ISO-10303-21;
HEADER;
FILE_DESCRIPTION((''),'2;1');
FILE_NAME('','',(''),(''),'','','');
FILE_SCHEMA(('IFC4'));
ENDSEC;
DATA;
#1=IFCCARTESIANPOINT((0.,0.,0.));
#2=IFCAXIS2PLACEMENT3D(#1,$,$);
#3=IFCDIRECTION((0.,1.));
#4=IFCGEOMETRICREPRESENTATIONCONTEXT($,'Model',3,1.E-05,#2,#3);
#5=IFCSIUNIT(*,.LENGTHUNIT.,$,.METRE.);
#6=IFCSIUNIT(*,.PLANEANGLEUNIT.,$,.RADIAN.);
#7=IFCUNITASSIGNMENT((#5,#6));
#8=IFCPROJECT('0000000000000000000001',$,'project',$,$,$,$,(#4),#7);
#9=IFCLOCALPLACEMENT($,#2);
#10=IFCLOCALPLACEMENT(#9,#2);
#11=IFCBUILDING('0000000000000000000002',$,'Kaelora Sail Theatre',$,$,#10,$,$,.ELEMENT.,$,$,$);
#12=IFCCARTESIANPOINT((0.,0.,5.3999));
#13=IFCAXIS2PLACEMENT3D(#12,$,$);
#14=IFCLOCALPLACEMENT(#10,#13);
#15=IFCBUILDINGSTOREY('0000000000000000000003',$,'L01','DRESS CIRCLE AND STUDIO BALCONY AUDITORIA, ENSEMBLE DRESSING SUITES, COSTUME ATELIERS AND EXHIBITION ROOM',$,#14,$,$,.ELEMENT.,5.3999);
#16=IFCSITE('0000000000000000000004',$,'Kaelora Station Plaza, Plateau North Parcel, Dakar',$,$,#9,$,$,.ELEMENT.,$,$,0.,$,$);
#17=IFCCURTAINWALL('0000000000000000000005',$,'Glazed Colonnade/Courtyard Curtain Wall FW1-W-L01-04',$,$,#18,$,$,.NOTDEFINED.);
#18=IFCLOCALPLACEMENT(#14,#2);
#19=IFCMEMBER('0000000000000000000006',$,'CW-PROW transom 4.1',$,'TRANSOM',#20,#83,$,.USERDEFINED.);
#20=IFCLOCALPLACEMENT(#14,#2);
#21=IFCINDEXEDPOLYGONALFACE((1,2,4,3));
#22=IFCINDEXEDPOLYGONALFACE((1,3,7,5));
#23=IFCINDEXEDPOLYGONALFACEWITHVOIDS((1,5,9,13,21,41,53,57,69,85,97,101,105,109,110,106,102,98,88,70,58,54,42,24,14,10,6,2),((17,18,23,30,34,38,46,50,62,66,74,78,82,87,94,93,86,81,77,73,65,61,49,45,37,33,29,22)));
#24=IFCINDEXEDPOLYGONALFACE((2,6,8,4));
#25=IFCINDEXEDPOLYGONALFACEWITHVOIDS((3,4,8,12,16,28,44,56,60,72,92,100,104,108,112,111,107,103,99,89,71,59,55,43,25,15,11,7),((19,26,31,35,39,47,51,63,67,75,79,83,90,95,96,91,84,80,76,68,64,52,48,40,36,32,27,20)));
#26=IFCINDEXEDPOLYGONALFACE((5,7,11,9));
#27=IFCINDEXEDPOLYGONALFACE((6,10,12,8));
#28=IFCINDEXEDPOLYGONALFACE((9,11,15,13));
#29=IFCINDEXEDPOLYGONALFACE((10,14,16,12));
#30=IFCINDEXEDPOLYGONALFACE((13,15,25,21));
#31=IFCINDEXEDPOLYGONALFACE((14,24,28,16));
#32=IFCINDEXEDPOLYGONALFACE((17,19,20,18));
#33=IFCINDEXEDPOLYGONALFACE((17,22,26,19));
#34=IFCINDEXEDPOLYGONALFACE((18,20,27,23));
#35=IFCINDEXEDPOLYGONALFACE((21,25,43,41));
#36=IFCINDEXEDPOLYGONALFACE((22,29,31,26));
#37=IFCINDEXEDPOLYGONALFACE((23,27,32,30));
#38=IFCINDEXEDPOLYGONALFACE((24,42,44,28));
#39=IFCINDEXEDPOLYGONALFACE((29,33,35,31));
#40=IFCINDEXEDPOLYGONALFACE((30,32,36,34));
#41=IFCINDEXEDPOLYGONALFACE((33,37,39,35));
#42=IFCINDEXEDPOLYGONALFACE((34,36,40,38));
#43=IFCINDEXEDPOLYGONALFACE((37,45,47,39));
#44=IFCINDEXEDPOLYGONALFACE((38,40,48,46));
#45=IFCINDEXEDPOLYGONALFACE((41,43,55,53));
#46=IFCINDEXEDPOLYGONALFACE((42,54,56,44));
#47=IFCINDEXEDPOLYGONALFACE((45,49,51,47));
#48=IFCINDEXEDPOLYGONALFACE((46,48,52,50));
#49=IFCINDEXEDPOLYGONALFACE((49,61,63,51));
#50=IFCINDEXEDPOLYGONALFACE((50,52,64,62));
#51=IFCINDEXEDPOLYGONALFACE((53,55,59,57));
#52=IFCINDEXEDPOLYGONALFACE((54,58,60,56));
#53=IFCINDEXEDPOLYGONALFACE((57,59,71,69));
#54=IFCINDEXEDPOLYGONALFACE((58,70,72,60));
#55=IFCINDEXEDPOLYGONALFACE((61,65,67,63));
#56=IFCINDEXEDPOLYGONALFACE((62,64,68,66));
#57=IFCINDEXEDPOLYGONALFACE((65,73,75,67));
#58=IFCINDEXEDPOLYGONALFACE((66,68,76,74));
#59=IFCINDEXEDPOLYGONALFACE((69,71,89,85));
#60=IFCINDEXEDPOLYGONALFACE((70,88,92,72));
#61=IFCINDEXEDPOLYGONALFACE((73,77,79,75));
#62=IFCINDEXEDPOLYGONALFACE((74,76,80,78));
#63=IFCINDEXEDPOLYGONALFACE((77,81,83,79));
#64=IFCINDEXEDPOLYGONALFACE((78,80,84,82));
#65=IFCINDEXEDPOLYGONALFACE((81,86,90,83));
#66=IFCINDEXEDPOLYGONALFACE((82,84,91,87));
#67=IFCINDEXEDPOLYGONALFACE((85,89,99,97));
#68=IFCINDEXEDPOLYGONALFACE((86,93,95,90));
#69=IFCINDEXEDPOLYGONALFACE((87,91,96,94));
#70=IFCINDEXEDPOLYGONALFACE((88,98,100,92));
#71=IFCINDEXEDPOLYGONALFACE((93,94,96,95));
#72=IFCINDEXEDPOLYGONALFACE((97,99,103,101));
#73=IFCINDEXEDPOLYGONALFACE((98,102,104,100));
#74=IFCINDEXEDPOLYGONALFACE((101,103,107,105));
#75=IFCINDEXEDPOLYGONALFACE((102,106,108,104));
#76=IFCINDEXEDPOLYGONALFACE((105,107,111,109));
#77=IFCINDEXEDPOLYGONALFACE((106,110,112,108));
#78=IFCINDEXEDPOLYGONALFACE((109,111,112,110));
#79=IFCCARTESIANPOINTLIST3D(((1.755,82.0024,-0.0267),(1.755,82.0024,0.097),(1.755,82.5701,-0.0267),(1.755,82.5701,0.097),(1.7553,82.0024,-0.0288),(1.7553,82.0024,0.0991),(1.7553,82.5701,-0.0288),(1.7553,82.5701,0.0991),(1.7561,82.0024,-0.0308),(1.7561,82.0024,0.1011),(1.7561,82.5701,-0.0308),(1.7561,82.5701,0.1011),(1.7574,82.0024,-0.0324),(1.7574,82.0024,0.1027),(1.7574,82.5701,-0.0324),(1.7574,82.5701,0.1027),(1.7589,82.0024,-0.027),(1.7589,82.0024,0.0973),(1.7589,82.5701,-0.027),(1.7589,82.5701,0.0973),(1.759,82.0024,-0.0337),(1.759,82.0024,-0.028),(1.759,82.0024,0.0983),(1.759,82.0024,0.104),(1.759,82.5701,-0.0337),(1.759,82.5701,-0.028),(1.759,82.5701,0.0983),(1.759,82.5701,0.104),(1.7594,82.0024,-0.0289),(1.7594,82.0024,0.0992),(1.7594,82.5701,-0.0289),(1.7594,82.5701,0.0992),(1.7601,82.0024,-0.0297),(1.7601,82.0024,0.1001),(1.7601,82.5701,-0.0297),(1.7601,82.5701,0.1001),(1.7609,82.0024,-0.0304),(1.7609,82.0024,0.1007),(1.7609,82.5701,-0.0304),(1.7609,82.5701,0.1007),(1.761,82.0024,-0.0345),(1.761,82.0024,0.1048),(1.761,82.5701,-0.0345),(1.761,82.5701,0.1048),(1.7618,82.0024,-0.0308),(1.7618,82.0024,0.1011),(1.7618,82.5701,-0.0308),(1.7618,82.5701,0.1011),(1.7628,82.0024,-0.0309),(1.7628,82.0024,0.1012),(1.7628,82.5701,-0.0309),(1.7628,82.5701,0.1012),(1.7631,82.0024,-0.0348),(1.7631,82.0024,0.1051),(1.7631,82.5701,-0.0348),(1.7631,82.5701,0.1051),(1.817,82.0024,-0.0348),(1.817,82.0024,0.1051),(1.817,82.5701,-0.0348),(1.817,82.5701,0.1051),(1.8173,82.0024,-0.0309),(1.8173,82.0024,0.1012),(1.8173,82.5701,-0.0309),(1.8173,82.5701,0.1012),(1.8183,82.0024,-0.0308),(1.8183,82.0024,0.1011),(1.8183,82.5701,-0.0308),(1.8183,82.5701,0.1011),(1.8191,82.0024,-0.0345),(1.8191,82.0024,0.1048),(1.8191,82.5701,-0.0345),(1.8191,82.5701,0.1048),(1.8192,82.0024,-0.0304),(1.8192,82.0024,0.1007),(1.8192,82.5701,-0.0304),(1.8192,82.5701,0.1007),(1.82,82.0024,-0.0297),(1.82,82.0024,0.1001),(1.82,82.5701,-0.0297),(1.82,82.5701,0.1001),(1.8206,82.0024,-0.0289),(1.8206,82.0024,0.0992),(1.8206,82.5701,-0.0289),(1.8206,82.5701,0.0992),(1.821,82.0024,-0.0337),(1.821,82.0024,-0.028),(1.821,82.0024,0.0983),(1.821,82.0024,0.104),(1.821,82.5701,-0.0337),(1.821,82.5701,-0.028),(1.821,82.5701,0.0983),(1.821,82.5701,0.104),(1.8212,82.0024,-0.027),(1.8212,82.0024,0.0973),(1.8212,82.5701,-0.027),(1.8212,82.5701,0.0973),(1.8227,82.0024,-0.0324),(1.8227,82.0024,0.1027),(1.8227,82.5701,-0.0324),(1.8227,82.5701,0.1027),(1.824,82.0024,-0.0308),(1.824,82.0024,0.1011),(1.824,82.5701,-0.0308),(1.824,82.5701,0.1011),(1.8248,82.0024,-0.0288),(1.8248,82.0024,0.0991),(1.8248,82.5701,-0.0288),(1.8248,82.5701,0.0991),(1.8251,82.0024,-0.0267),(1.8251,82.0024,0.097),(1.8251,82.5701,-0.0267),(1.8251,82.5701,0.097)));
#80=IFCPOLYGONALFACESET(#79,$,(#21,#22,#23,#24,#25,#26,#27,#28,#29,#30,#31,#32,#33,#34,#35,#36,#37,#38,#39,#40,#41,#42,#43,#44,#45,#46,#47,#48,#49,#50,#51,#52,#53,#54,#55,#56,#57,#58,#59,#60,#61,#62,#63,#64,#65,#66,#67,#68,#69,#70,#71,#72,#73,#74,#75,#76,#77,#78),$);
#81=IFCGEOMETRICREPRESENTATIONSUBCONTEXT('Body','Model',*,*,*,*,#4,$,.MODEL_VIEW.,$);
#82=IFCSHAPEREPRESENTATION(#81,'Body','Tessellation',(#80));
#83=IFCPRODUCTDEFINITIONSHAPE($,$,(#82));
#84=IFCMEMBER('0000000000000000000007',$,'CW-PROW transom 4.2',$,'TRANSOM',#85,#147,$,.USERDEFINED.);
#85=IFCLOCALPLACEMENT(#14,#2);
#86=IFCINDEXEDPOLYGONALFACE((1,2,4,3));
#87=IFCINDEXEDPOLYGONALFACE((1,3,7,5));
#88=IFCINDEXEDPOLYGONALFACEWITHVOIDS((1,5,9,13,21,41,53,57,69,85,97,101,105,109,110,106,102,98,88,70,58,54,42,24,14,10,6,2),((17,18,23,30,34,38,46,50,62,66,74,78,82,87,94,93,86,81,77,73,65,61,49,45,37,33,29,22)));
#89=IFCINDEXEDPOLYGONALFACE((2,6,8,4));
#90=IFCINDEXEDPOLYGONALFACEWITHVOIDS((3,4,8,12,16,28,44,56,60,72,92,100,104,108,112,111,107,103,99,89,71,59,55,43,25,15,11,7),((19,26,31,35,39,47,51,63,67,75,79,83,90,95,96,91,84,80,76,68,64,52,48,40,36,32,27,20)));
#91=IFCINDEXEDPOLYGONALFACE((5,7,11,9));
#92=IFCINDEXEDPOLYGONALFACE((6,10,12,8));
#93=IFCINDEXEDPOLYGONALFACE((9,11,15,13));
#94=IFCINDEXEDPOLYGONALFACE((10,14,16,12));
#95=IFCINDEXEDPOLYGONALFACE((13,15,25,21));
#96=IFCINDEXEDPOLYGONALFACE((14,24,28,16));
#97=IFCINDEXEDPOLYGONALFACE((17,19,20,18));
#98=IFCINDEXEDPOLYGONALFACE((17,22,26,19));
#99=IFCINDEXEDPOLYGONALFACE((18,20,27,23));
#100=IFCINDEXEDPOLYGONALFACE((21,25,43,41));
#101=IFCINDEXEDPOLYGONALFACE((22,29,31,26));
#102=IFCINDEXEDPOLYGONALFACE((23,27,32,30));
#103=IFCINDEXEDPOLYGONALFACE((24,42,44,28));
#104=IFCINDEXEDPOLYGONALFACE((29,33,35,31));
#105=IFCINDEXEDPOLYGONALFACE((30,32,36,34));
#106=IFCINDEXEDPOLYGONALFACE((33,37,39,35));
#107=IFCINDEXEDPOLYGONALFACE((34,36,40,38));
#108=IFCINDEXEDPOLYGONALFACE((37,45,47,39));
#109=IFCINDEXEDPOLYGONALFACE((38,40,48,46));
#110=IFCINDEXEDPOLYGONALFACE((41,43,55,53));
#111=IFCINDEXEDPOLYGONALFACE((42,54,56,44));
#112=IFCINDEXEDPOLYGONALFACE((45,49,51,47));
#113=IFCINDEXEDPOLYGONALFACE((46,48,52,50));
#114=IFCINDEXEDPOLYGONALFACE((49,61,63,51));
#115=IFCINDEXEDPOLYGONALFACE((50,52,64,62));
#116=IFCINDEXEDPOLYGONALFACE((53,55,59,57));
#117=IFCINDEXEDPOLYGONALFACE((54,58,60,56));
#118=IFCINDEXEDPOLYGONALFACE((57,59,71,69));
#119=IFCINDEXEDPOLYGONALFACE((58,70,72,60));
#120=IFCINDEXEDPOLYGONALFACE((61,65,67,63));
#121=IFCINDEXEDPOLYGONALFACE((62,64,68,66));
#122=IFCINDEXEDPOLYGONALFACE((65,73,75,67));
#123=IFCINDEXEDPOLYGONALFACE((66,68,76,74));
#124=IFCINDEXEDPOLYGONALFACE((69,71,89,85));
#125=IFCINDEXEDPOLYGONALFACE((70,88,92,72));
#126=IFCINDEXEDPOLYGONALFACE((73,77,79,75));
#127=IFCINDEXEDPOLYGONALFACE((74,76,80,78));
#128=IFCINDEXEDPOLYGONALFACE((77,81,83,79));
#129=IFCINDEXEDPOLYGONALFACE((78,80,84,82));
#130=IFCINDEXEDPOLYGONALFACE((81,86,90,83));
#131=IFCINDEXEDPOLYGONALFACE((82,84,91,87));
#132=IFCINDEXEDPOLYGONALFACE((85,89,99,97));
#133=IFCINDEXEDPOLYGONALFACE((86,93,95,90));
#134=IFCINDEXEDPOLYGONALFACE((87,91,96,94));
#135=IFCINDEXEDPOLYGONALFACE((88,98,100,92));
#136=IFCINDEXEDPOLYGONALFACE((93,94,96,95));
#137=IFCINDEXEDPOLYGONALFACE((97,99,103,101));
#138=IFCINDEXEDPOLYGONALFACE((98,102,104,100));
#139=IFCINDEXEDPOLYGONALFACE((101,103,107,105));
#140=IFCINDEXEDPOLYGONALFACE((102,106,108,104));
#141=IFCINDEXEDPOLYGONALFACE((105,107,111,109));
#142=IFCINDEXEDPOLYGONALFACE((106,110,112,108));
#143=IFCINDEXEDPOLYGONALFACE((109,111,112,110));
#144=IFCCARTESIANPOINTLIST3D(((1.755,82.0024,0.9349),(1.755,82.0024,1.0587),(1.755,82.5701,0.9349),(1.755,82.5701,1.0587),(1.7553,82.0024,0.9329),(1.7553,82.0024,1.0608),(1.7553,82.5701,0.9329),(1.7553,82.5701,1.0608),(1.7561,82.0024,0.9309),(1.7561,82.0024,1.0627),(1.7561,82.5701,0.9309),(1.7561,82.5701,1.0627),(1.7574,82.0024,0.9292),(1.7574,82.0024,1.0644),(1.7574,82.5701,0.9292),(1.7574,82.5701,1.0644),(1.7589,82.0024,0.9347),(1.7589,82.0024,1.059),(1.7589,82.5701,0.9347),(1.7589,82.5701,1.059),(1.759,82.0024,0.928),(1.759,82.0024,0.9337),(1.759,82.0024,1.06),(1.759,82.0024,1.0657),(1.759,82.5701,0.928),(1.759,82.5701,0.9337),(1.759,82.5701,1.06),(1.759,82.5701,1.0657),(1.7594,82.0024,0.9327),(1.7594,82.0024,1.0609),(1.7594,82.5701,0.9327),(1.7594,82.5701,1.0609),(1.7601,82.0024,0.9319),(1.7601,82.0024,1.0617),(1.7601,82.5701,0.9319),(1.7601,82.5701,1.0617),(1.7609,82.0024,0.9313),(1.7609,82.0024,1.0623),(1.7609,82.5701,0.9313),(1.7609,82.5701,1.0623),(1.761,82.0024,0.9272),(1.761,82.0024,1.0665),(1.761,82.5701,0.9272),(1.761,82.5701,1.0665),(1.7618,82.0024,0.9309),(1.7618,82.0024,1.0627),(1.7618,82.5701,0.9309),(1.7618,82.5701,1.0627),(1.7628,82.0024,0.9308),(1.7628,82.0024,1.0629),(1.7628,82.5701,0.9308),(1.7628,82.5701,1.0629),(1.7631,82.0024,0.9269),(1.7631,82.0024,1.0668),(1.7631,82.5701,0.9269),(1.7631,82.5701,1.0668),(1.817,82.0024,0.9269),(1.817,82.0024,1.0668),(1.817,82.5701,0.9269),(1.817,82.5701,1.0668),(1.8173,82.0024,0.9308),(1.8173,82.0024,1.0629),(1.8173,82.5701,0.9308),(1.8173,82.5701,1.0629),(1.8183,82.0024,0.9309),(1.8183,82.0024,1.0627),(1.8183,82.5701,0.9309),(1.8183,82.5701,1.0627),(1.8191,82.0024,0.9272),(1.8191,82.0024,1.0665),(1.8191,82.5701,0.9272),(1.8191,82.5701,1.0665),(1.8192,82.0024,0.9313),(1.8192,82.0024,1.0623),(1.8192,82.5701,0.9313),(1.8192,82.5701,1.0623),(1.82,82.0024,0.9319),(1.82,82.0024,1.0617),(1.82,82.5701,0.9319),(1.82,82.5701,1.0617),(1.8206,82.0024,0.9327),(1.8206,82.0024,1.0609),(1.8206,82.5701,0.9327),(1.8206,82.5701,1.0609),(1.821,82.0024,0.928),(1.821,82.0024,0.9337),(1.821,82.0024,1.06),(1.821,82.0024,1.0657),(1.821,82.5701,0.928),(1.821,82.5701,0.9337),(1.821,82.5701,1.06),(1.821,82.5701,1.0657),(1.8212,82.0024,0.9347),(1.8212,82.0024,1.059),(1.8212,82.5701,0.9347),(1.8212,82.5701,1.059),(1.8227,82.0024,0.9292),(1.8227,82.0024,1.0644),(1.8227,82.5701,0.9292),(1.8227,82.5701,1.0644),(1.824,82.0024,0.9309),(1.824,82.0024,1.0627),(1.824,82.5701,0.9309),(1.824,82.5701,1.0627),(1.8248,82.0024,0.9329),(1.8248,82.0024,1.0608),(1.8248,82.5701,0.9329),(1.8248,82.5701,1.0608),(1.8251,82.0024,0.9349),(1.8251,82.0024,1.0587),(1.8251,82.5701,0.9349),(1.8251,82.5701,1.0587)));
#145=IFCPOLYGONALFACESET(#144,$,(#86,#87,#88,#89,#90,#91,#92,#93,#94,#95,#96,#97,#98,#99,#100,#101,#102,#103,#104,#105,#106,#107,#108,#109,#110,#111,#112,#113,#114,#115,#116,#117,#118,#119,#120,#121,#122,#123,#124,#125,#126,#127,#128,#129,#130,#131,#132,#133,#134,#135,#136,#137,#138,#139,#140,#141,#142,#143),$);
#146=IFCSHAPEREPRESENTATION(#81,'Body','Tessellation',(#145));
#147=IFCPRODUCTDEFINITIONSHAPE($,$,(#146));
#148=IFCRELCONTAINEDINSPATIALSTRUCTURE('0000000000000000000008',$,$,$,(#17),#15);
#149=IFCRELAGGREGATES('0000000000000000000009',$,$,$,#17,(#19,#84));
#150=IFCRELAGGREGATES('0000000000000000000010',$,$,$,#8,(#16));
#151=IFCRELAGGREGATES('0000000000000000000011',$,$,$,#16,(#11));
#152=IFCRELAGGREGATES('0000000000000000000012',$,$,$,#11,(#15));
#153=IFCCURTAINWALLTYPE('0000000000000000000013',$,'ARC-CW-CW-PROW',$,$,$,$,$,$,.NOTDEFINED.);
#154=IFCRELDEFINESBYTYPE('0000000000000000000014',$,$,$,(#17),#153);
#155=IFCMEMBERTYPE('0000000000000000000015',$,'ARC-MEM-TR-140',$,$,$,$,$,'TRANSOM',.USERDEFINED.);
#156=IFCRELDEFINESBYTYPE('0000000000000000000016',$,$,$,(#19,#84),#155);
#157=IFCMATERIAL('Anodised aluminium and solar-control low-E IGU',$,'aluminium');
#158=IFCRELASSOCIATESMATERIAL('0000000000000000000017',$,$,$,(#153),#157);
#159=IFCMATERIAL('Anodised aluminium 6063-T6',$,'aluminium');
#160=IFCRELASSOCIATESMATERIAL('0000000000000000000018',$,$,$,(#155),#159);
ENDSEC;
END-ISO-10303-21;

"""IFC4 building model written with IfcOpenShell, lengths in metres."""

from ifc_helpers import new_model, si_unit, direction, frame, origin, origin_2d, place, context, subcontext, project, spatial, hollow_rectangle, extrude, material, material_profile, profile_set, type_object, element, aggregate, save


model = new_model("IFC4")

# Units and contexts
model_context = context("Model", 3, precision=1e-05, world=origin(), true_north=direction((0.0, 1.0)))
body_context = subcontext(model_context, "Body", "Model", "MODEL_VIEW")
ifc_project = project(units=[si_unit("LENGTHUNIT", "METRE"), si_unit("PLANEANGLEUNIT", "RADIAN")], contexts=[model_context])

# Site, building, storey
site_placement = place(None, origin())
site = spatial("IfcSite", under=ifc_project, at=site_placement, Name="Kaelora Station Plaza, Plateau North Parcel, Dakar", CompositionType="ELEMENT", RefElevation=0.0)
building_placement = place(site_placement, origin())
building = spatial("IfcBuilding", under=site, at=building_placement, Name="Kaelora Sail Theatre", CompositionType="ELEMENT")
storey_placement = place(building_placement, frame((0.0, 0.0, 5.3999)))
storey = spatial("IfcBuildingStorey", under=building, at=storey_placement, Name="L01", Description="DRESS CIRCLE AND STUDIO BALCONY AUDITORIA, ENSEMBLE DRESSING SUITES, COSTUME ATELIERS AND EXHIBITION ROOM", CompositionType="ELEMENT", Elevation=5.3999)

# Curtain wall, members
ifc_material_1 = material(Name="Anodised aluminium and solar-control low-E IGU", Category="aluminium")
curtain_wall_type = type_object("IfcCurtainWallType", Name="ARC-CW-CW-PROW", PredefinedType="NOTDEFINED", material=ifc_material_1)
curtain_wall_placement = place(storey_placement, origin())
curtain_wall = element("IfcCurtainWall", 1, at=curtain_wall_placement, inside=storey, type_object=curtain_wall_type, Name="Glazed Colonnade/Courtyard Curtain Wall FW1-W-L01-04", PredefinedType="NOTDEFINED")
ifc_material_2 = material(Name="Anodised aluminium 6063-T6", Category="aluminium")
ifc_material_profile_1 = material_profile(ifc_material_2, hollow_rectangle(XDim=0.0701, YDim=0.1399, WallThickness=0.0039, InnerFilletRadius=0.0039, OuterFilletRadius=0.0081, at=origin_2d()), Name="ALU-TRAN 70x140x4")
ifc_profile_set_1 = profile_set([ifc_material_profile_1], Name="Anodised aluminium 6063-T6")
member_type_1 = type_object("IfcMemberType", Name="ARC-MEM-TR-140", ElementType="TRANSOM", PredefinedType="USERDEFINED", material=ifc_profile_set_1)
member_1_placement = place(storey_placement, frame((1.79, 82.0024, 0.0352), z_axis=(0.0, 1.0, 0.0), x_axis=(-1.0, 0.0, 0.0)))
member_1 = element("IfcMember", 2, at=member_1_placement, type_object=member_type_1, Name="CW-PROW transom 4.1", ObjectType="TRANSOM", PredefinedType="USERDEFINED", context=body_context, shape_type="SweptSolid", body=[
    extrude(hollow_rectangle(XDim=0.0701, YDim=0.1399, WallThickness=0.0039, InnerFilletRadius=0.0039, OuterFilletRadius=0.0081, at=origin_2d()), origin(), (0.0, 0.0, 1.0), 0.5676),
])
member_2_placement = place(storey_placement, frame((1.79, 82.0024, 0.9968), z_axis=(0.0, 1.0, 0.0), x_axis=(-1.0, 0.0, 0.0)))
member_2 = element("IfcMember", 3, at=member_2_placement, type_object=member_type_1, Name="CW-PROW transom 4.2", ObjectType="TRANSOM", PredefinedType="USERDEFINED", context=body_context, shape_type="SweptSolid", body=[
    extrude(hollow_rectangle(XDim=0.0701, YDim=0.1399, WallThickness=0.0039, InnerFilletRadius=0.0039, OuterFilletRadius=0.0081, at=origin_2d()), origin(), (0.0, 0.0, 1.0), 0.5676),
])

aggregate(curtain_wall, [member_1, member_2])

save(model, "model.ifc")
